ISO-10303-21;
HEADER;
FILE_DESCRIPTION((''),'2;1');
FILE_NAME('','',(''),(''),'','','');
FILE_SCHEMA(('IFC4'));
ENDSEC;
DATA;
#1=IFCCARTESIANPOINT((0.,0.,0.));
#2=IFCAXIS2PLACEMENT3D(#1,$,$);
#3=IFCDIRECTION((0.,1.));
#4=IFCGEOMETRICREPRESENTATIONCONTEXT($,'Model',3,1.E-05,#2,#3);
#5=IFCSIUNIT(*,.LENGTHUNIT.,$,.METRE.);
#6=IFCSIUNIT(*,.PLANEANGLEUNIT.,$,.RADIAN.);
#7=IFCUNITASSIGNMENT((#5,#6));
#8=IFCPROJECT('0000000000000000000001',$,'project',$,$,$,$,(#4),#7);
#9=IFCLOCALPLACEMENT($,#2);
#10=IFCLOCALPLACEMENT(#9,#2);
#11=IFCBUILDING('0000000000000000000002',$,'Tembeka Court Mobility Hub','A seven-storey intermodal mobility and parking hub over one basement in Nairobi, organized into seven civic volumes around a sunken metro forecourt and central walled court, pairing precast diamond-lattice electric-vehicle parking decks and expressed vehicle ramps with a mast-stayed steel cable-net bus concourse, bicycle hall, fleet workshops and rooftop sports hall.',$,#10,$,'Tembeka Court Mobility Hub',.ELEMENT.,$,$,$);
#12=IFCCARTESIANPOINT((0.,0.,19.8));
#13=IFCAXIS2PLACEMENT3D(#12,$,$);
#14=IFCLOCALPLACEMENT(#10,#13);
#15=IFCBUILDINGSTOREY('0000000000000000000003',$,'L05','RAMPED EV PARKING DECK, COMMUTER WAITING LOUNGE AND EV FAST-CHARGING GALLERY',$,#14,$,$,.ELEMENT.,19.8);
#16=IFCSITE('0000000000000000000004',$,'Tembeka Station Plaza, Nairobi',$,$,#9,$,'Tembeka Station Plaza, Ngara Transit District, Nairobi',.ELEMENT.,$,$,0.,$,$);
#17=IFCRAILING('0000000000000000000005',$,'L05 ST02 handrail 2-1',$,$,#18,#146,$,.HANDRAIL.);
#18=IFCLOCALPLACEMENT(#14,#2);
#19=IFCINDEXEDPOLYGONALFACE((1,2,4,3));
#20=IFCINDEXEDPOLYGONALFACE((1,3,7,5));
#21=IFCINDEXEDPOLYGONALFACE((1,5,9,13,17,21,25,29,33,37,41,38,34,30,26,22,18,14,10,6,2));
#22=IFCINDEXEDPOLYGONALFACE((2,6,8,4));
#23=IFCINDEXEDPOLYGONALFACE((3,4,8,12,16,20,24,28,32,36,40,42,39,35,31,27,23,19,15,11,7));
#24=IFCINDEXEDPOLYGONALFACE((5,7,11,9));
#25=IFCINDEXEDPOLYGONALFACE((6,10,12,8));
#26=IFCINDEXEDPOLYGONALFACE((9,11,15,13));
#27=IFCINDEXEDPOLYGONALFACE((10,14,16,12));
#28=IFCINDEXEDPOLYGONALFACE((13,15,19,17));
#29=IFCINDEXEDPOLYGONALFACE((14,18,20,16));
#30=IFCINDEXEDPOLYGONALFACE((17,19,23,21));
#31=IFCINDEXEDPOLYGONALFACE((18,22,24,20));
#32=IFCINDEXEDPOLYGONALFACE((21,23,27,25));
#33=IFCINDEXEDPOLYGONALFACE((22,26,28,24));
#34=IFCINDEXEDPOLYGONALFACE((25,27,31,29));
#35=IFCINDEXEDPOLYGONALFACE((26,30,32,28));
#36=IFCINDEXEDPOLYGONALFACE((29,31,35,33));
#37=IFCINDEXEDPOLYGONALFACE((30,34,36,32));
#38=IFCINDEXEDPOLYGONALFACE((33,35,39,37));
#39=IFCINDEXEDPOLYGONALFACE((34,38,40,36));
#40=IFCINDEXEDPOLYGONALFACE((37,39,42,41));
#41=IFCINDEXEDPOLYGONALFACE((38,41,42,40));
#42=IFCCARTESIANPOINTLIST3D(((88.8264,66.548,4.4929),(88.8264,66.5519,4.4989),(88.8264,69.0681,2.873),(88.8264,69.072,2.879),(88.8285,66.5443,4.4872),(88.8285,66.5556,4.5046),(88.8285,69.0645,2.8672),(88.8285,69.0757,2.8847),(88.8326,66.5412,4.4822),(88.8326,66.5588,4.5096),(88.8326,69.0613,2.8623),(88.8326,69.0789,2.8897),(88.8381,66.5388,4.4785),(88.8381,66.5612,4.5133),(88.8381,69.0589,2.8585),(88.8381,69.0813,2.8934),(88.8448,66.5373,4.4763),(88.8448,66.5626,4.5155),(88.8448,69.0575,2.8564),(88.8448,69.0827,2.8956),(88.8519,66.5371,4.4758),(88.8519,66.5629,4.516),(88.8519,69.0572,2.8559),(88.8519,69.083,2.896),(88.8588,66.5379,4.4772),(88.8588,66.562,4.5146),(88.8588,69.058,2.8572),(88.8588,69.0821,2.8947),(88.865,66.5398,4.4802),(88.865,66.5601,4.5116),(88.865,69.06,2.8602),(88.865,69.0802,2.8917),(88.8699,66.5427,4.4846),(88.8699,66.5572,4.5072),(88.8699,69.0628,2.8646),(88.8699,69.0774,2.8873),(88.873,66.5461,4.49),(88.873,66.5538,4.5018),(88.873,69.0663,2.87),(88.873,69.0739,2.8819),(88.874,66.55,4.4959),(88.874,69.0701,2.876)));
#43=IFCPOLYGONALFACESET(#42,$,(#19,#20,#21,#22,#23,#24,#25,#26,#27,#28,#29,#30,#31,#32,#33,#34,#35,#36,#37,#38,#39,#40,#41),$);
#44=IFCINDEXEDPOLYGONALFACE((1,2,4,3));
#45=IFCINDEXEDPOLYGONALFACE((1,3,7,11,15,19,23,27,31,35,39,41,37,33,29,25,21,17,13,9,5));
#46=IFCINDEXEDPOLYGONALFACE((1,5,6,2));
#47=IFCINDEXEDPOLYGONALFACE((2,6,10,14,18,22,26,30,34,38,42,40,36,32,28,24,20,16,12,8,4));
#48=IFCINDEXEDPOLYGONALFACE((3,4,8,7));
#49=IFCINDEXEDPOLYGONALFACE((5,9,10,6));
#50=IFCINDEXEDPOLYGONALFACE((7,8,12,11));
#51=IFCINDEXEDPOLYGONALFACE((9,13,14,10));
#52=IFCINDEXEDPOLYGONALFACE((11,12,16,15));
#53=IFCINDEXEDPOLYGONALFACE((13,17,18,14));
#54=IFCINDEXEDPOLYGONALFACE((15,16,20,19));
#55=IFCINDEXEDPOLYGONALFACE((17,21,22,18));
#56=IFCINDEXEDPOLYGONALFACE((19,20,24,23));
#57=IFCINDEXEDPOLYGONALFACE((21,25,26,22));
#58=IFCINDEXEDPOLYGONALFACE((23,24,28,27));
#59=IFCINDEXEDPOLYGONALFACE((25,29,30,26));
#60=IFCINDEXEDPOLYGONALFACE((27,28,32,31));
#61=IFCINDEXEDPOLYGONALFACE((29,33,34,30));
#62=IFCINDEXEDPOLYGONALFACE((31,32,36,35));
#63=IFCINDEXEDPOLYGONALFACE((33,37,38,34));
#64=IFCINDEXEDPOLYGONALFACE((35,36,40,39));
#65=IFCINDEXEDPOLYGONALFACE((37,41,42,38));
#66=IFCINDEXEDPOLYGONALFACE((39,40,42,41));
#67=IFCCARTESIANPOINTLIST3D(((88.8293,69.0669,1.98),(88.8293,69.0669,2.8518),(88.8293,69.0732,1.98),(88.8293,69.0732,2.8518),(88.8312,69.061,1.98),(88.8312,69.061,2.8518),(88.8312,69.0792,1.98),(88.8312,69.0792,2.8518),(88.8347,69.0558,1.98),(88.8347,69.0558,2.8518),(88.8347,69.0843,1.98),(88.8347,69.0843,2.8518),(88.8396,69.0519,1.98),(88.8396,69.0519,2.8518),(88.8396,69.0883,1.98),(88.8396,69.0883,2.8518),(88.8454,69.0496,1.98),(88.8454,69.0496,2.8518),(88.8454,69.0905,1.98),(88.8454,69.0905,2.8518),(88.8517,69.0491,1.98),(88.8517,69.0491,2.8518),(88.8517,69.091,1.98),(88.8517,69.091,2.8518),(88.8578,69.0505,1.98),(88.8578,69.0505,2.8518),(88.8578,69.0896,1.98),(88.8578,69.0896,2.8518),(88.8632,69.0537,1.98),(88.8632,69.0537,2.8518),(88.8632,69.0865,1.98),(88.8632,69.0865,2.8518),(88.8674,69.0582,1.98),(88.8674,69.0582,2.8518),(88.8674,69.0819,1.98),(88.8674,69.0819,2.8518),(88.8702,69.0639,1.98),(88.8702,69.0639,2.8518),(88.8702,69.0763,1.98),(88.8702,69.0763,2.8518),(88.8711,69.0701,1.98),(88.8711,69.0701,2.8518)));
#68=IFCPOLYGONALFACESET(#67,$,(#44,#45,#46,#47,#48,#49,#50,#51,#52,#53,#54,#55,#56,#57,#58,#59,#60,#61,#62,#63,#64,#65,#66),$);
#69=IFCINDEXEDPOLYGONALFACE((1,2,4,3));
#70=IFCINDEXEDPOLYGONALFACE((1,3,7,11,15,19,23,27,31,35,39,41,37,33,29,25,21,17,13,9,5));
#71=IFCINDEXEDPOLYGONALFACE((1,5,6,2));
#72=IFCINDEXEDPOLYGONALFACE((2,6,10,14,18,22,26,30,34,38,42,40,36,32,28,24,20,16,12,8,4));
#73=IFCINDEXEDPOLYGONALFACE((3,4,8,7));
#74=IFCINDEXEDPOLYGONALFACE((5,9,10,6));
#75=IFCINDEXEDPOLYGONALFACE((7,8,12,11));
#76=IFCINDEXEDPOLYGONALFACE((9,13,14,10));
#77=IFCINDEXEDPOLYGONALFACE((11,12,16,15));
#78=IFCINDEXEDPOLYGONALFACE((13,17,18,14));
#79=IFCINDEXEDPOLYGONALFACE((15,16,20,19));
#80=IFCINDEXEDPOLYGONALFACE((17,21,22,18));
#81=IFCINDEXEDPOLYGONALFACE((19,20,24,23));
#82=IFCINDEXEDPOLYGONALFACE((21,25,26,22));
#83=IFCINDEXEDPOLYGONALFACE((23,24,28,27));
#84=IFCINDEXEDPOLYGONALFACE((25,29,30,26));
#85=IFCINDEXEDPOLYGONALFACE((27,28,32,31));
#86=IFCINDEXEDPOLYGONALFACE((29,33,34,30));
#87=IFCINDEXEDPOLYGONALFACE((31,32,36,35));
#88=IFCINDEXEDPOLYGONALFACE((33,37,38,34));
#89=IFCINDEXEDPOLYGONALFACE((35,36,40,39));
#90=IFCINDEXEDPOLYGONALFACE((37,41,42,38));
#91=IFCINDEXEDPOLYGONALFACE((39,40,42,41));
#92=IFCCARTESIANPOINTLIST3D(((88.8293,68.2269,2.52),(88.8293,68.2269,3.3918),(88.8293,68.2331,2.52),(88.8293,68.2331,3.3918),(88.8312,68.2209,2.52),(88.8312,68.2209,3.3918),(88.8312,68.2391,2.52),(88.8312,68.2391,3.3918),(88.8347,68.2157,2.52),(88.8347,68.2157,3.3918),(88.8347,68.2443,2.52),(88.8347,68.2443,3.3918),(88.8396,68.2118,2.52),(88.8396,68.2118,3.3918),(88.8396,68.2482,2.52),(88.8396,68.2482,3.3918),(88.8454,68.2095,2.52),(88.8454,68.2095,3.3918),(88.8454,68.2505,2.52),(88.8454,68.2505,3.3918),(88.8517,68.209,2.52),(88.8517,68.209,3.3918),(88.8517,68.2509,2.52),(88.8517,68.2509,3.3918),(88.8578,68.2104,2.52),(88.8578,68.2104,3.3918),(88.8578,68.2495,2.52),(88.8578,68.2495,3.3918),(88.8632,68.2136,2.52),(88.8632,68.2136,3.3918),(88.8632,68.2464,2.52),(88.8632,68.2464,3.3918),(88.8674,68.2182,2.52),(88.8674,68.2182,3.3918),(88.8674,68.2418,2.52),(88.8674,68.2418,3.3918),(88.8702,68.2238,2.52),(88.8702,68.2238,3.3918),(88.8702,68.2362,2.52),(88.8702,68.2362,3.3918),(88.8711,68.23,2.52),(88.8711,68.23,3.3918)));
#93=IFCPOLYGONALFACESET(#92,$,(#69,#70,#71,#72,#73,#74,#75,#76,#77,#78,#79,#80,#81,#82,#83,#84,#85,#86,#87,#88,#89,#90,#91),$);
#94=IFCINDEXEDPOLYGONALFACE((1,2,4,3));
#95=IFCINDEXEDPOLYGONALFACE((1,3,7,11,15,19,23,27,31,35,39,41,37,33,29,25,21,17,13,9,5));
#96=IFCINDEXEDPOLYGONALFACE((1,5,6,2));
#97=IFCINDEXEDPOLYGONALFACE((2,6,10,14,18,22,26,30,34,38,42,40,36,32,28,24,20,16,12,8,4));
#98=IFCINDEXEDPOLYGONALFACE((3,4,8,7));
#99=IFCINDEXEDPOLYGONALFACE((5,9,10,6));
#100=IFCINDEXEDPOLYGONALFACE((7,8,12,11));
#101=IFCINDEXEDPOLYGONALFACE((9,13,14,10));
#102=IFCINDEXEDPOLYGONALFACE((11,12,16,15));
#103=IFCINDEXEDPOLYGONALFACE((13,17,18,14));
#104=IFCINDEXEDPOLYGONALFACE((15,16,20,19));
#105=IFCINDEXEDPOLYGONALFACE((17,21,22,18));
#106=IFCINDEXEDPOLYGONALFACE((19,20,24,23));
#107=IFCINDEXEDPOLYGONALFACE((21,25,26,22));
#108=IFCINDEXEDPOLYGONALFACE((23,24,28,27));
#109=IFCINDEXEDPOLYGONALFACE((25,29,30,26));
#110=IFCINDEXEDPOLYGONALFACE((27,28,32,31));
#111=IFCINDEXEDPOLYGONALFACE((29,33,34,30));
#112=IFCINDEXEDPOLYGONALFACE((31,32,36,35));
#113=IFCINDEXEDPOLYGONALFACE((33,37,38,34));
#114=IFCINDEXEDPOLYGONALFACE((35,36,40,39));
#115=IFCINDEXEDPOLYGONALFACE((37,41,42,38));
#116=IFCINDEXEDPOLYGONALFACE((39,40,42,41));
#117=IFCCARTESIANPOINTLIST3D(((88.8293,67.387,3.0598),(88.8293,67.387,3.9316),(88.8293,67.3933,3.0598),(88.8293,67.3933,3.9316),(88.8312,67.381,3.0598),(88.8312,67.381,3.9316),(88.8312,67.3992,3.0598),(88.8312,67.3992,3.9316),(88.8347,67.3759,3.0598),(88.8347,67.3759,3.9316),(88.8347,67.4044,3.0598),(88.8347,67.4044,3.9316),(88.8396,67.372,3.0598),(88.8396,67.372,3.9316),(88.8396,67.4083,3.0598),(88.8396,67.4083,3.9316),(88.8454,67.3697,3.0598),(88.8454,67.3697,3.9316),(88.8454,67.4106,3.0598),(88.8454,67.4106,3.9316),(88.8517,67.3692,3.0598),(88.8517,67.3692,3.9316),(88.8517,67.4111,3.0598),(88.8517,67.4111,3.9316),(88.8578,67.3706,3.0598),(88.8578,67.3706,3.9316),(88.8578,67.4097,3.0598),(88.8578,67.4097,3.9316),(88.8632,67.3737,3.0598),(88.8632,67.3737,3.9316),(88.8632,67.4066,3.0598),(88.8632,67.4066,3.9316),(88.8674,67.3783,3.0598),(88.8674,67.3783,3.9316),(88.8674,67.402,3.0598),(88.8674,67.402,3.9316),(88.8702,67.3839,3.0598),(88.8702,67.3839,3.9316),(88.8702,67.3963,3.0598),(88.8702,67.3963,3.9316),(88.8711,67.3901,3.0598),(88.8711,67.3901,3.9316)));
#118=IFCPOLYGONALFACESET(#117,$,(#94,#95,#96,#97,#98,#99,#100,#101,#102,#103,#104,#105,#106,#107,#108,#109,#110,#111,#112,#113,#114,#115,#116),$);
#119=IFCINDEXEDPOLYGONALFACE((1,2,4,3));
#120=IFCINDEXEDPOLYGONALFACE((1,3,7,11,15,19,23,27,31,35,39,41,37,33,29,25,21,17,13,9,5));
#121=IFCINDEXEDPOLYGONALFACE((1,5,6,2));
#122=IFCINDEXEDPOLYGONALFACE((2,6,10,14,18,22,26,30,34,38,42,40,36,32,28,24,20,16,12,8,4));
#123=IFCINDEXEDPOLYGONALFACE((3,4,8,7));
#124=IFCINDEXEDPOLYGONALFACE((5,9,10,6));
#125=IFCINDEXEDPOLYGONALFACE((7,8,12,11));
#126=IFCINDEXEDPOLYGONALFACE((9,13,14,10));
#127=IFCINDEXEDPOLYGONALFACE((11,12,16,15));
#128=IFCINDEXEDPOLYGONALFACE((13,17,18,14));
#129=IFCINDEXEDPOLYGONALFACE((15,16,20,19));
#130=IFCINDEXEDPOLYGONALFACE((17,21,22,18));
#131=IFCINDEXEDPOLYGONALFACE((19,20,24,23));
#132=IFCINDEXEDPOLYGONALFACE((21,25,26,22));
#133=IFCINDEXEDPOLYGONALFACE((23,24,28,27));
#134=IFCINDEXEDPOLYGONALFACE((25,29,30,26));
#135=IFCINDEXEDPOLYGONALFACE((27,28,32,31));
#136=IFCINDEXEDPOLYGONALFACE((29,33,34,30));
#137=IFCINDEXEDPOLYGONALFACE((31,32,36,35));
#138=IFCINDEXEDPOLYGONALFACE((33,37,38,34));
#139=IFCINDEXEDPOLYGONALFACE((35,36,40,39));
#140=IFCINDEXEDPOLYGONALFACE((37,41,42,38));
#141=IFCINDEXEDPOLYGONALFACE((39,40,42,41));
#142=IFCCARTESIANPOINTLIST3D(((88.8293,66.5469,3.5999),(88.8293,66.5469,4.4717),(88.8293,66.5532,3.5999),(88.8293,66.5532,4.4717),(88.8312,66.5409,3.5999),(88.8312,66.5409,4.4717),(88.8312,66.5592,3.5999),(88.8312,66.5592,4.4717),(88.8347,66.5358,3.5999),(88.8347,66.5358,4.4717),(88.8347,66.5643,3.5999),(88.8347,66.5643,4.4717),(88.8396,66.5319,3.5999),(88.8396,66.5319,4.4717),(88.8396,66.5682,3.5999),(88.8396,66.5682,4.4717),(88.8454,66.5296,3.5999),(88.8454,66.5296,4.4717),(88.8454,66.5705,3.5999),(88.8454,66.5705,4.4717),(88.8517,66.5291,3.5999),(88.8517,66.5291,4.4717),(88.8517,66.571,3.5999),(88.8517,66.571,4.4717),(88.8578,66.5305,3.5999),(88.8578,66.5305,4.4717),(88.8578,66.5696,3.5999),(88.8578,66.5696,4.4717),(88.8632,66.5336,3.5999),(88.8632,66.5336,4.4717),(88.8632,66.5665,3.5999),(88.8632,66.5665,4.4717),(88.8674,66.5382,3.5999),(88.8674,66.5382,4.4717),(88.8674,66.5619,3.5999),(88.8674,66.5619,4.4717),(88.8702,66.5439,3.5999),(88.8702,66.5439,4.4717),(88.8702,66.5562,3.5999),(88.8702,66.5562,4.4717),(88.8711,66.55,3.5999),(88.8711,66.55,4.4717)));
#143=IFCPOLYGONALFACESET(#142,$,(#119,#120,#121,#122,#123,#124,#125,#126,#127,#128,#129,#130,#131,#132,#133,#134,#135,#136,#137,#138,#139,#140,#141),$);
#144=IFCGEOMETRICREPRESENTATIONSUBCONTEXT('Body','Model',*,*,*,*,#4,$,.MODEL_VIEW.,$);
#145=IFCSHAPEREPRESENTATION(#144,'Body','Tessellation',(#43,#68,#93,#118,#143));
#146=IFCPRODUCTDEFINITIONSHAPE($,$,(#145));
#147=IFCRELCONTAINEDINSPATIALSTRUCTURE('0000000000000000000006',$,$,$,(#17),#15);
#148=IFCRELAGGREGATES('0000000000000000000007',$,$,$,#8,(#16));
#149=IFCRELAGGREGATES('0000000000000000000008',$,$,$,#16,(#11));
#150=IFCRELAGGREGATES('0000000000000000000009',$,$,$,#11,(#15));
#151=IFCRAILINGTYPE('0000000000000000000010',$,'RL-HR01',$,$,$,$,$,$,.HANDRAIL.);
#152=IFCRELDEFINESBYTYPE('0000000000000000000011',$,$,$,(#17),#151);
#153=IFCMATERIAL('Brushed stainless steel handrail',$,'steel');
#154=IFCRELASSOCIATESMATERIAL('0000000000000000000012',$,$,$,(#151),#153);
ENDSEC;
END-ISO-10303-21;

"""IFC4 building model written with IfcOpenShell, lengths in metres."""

from ifc_helpers import new_model, si_unit, direction, frame, origin, origin_2d, place, context, subcontext, project, spatial, circle, extrude, material, type_object, element, save


model = new_model("IFC4")

# Units and contexts
model_context = context("Model", 3, precision=1e-05, world=origin(), true_north=direction((0.0, 1.0)))
body_context = subcontext(model_context, "Body", "Model", "MODEL_VIEW")
ifc_project = project(units=[si_unit("LENGTHUNIT", "METRE"), si_unit("PLANEANGLEUNIT", "RADIAN")], contexts=[model_context])

# Site, building, storey
site_placement = place(None, origin())
site = spatial("IfcSite", under=ifc_project, at=site_placement, Name="Tembeka Station Plaza, Nairobi", LongName="Tembeka Station Plaza, Ngara Transit District, Nairobi", CompositionType="ELEMENT", RefElevation=0.0)
building_placement = place(site_placement, origin())
building = spatial("IfcBuilding", under=site, at=building_placement, Name="Tembeka Court Mobility Hub", Description="A seven-storey intermodal mobility and parking hub over one basement in Nairobi, organized into seven civic volumes around a sunken metro forecourt and central walled court, pairing precast diamond-lattice electric-vehicle parking decks and expressed vehicle ramps with a mast-stayed steel cable-net bus concourse, bicycle hall, fleet workshops and rooftop sports hall.", LongName="Tembeka Court Mobility Hub", CompositionType="ELEMENT")
storey_placement = place(building_placement, frame((0.0, 0.0, 19.8)))
storey = spatial("IfcBuildingStorey", under=building, at=storey_placement, Name="L05", Description="RAMPED EV PARKING DECK, COMMUTER WAITING LOUNGE AND EV FAST-CHARGING GALLERY", CompositionType="ELEMENT", Elevation=19.8)

# Railing
ifc_material_1 = material(Name="Brushed stainless steel handrail", Category="steel")
railing_type_1 = type_object("IfcRailingType", Name="RL-HR01", PredefinedType="HANDRAIL", material=ifc_material_1)
railing_1_placement = place(storey_placement, frame((88.8501, 69.0701, 1.98)))
element("IfcRailing", 1, at=railing_1_placement, inside=storey, type_object=railing_type_1, Name="L05 ST02 handrail 2-1", PredefinedType="HANDRAIL", context=body_context, shape_type="SweptSolid", body=[
    extrude(circle(Radius=0.0239, at=origin_2d()), frame((0.0, 0.0, 0.896), z_axis=(0.0, -0.8412, 0.540725), x_axis=(1.0, 0.0, 0.0)), (0.0, 0.0, 1.0), 2.9958),
    extrude(circle(Radius=0.021, at=origin_2d()), origin(), (0.0, 0.0, 1.0), 0.8718),
    extrude(circle(Radius=0.021, at=origin_2d()), frame((0.0, -0.8401, 0.54)), (0.0, 0.0, 1.0), 0.8718),
    extrude(circle(Radius=0.021, at=origin_2d()), frame((0.0, -1.6799, 1.0798)), (0.0, 0.0, 1.0), 0.8718),
    extrude(circle(Radius=0.021, at=origin_2d()), frame((0.0, -2.52, 1.6199)), (0.0, 0.0, 1.0), 0.8718),
])

save(model, "model.ifc")
